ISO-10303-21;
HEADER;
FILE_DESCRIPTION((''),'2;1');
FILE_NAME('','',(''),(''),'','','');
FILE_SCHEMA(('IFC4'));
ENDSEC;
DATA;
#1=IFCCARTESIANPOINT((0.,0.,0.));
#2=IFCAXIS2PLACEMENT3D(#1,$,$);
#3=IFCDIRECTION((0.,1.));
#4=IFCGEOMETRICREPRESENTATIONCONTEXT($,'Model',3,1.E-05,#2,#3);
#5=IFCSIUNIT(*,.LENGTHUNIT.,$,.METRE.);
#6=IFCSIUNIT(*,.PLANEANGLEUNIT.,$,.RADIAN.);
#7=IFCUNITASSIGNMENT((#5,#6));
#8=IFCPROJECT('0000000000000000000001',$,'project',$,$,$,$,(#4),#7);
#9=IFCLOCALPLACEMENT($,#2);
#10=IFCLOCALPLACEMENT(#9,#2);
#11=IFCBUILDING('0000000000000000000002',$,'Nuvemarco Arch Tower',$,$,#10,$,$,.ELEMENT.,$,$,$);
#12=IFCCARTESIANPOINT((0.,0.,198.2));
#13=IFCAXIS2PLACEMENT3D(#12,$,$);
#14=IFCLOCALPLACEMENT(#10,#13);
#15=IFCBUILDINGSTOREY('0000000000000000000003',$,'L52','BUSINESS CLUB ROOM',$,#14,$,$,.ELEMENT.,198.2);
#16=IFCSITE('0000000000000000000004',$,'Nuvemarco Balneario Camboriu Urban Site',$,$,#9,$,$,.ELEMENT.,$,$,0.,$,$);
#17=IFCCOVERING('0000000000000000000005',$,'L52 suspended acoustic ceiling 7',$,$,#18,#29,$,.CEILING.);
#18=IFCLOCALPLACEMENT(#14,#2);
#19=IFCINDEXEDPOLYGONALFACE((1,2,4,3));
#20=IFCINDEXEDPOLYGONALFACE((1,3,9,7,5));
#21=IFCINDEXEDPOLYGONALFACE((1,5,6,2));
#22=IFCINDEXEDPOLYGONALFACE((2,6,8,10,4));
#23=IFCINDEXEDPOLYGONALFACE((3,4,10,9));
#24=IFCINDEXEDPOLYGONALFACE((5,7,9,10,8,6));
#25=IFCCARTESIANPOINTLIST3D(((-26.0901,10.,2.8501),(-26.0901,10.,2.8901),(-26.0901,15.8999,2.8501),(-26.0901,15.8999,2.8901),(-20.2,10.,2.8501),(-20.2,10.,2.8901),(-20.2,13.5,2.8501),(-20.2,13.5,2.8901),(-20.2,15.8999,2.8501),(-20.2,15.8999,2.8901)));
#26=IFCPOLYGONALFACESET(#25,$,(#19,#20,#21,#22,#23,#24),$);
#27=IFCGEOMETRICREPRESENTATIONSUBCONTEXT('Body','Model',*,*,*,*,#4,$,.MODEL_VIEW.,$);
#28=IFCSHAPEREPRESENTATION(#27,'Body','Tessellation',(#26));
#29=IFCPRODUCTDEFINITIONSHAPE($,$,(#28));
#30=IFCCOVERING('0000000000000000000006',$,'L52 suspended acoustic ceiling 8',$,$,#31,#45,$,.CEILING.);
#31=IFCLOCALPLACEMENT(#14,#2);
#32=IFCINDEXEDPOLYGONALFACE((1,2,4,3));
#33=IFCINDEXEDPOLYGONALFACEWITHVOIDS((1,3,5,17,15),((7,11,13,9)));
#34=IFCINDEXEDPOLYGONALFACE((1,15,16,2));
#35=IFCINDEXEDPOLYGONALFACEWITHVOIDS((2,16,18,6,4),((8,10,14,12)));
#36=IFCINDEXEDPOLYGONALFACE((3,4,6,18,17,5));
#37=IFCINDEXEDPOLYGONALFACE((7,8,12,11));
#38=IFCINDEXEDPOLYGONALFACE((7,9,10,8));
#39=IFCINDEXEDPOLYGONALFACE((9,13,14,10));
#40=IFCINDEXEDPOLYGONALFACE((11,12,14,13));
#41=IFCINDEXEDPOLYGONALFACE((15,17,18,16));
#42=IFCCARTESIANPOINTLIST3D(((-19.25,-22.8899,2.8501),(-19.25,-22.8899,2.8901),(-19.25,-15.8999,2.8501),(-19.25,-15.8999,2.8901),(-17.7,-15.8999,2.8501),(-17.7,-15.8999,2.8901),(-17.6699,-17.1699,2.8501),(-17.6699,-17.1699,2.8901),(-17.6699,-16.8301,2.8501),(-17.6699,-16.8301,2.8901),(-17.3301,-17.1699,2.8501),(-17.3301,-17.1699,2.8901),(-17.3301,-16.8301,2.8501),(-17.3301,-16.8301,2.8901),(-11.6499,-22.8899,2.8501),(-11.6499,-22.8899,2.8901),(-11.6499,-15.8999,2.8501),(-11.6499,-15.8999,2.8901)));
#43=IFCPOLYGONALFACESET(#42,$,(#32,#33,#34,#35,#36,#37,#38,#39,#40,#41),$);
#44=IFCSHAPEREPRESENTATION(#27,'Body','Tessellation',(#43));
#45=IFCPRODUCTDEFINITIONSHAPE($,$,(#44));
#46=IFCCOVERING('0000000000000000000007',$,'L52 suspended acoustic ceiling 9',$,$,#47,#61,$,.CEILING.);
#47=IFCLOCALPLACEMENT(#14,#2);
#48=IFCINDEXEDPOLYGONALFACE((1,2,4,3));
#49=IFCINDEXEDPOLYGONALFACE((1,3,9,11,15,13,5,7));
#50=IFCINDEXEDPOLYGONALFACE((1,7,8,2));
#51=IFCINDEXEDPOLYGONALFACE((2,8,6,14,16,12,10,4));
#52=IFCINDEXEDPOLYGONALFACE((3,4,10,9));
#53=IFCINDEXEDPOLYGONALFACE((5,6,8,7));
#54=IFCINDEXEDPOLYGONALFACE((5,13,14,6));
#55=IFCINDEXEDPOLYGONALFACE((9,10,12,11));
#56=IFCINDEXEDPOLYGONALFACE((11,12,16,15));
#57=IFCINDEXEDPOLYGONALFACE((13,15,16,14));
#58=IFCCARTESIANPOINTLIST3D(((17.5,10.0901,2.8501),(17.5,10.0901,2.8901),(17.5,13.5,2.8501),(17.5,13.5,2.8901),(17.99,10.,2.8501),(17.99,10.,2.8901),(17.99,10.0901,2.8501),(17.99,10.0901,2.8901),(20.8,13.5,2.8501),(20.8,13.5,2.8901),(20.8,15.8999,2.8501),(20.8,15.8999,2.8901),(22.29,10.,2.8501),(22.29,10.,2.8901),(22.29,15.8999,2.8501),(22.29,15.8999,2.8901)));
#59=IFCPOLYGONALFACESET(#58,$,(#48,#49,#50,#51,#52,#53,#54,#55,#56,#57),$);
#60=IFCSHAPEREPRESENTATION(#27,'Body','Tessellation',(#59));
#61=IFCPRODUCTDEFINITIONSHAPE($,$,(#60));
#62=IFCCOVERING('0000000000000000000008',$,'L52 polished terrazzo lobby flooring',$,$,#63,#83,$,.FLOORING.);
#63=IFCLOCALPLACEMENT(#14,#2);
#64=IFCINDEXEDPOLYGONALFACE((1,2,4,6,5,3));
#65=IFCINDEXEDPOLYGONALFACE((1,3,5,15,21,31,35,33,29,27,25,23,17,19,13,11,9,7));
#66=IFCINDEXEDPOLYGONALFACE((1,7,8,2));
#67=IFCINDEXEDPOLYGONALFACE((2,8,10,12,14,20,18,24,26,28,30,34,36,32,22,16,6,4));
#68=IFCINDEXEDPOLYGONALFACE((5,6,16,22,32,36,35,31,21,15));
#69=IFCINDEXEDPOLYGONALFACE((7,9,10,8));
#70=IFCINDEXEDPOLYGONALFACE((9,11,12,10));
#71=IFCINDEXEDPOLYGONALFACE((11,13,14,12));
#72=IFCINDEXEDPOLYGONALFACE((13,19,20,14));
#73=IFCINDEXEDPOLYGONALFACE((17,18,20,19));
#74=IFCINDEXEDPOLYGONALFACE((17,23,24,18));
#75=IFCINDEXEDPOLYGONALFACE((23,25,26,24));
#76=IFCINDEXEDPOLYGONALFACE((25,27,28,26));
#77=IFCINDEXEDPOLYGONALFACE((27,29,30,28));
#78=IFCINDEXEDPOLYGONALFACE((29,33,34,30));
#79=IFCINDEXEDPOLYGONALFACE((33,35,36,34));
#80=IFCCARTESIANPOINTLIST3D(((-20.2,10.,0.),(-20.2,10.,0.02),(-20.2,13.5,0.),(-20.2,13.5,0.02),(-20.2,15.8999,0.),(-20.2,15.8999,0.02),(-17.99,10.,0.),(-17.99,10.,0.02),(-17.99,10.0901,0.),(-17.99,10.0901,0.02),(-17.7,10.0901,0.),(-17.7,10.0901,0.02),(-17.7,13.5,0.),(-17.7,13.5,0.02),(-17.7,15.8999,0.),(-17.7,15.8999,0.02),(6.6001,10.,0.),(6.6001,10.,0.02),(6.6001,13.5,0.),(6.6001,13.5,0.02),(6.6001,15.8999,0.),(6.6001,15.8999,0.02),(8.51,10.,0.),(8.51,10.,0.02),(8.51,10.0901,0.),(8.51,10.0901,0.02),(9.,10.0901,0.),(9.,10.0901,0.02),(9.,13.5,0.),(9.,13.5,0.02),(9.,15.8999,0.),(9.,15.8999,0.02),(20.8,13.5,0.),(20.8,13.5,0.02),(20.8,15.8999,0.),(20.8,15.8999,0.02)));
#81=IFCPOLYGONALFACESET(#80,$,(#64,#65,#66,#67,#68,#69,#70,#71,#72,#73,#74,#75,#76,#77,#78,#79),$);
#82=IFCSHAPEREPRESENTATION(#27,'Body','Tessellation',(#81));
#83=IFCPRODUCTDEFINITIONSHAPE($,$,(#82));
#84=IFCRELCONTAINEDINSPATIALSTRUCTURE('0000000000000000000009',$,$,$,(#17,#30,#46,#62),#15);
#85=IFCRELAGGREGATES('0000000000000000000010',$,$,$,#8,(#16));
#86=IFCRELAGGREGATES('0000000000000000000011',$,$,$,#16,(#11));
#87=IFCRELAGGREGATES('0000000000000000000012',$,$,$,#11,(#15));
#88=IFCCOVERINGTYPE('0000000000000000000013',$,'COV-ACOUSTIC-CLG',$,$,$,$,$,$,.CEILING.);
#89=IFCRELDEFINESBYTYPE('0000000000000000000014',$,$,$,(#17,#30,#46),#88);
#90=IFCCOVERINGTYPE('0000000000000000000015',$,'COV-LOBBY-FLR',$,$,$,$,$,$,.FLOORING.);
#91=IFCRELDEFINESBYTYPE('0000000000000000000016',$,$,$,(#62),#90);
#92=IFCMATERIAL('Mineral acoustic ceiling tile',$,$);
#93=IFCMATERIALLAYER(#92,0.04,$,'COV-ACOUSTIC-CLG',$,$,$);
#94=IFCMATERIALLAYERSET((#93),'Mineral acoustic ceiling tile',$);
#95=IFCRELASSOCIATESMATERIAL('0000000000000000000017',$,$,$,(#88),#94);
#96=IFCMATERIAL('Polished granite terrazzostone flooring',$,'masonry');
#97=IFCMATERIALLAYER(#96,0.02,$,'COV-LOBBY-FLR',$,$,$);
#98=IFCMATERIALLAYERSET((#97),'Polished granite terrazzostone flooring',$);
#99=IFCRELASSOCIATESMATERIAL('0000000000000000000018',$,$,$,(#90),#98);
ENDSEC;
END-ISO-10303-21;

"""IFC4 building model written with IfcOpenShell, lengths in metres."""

from ifc_helpers import new_model, si_unit, direction, frame, origin, place, context, subcontext, project, spatial, polyline, outline, extrude, material, layer, layer_set, type_object, element, save


model = new_model("IFC4")

# Units and contexts
model_context = context("Model", 3, precision=1e-05, world=origin(), true_north=direction((0.0, 1.0)))
body_context = subcontext(model_context, "Body", "Model", "MODEL_VIEW")
ifc_project = project(units=[si_unit("LENGTHUNIT", "METRE"), si_unit("PLANEANGLEUNIT", "RADIAN")], contexts=[model_context])

# Site, building, storey
site_placement = place(None, origin())
site = spatial("IfcSite", under=ifc_project, at=site_placement, Name="Nuvemarco Balneario Camboriu Urban Site", CompositionType="ELEMENT", RefElevation=0.0)
building_placement = place(site_placement, origin())
building = spatial("IfcBuilding", under=site, at=building_placement, Name="Nuvemarco Arch Tower", CompositionType="ELEMENT")
storey_placement = place(building_placement, frame((0.0, 0.0, 198.2)))
storey = spatial("IfcBuildingStorey", under=building, at=storey_placement, Name="L52", Description="BUSINESS CLUB ROOM", CompositionType="ELEMENT", Elevation=198.2)

# Coverings
ifc_material_1 = material(Name="Mineral acoustic ceiling tile")
ifc_layer_1 = layer(ifc_material_1, 0.04, Name="COV-ACOUSTIC-CLG")
ifc_layer_set_1 = layer_set([ifc_layer_1], Name="Mineral acoustic ceiling tile")
covering_type_1 = type_object("IfcCoveringType", Name="COV-ACOUSTIC-CLG", PredefinedType="CEILING", material=ifc_layer_set_1)
covering_1_placement = place(storey_placement, frame((0.0, 0.0, 2.8501)))
element("IfcCovering", 1, at=covering_1_placement, inside=storey, type_object=covering_type_1, Name="L52 suspended acoustic ceiling 7", PredefinedType="CEILING", context=body_context, shape_type="SweptSolid", body=[
    extrude(outline(polyline([(-20.2, 10.0), (-26.0901, 10.0), (-26.0901, 15.8999), (-20.2, 15.8999), (-20.2, 13.5), (-20.2, 10.0)])), origin(), (0.0, 0.0, 1.0), 0.04),
])
covering_2_placement = place(storey_placement, frame((0.0, 0.0, 2.8501)))
element("IfcCovering", 2, at=covering_2_placement, inside=storey, type_object=covering_type_1, Name="L52 suspended acoustic ceiling 8", PredefinedType="CEILING", context=body_context, shape_type="SweptSolid", body=[
    extrude(outline(polyline([(-11.6499, -22.8899), (-19.25, -22.8899), (-19.25, -15.8999), (-17.7, -15.8999), (-11.6499, -15.8999), (-11.6499, -22.8899)]), holes=[polyline([(-17.3301, -16.8301), (-17.6699, -16.8301), (-17.6699, -17.1699), (-17.3301, -17.1699), (-17.3301, -16.8301)])]), origin(), (0.0, 0.0, 1.0), 0.04),
])
covering_3_placement = place(storey_placement, frame((0.0, 0.0, 2.8501)))
element("IfcCovering", 3, at=covering_3_placement, inside=storey, type_object=covering_type_1, Name="L52 suspended acoustic ceiling 9", PredefinedType="CEILING", context=body_context, shape_type="SweptSolid", body=[
    extrude(outline(polyline([(17.99, 10.0901), (17.5, 10.0901), (17.5, 13.5), (20.8, 13.5), (20.8, 15.8999), (22.29, 15.8999), (22.29, 10.0), (17.99, 10.0), (17.99, 10.0901)])), origin(), (0.0, 0.0, 1.0), 0.04),
])
ifc_material_2 = material(Name="Polished granite terrazzostone flooring", Category="masonry")
ifc_layer_2 = layer(ifc_material_2, 0.02, Name="COV-LOBBY-FLR")
ifc_layer_set_2 = layer_set([ifc_layer_2], Name="Polished granite terrazzostone flooring")
covering_type_2 = type_object("IfcCoveringType", Name="COV-LOBBY-FLR", PredefinedType="FLOORING", material=ifc_layer_set_2)
covering_4_placement = place(storey_placement, origin())
element("IfcCovering", 4, at=covering_4_placement, inside=storey, type_object=covering_type_2, Name="L52 polished terrazzo lobby flooring", PredefinedType="FLOORING", context=body_context, shape_type="SweptSolid", body=[
    extrude(outline(polyline([(-20.2, 13.5), (-20.2, 15.8999), (-17.7, 15.8999), (6.6001, 15.8999), (9.0, 15.8999), (20.8, 15.8999), (20.8, 13.5), (9.0, 13.5), (9.0, 10.0901), (8.51, 10.0901), (8.51, 10.0), (6.6001, 10.0), (6.6001, 13.5), (-17.7, 13.5), (-17.7, 10.0901), (-17.99, 10.0901), (-17.99, 10.0), (-20.2, 10.0), (-20.2, 13.5)])), origin(), (0.0, 0.0, 1.0), 0.02),
])

save(model, "model.ifc")
